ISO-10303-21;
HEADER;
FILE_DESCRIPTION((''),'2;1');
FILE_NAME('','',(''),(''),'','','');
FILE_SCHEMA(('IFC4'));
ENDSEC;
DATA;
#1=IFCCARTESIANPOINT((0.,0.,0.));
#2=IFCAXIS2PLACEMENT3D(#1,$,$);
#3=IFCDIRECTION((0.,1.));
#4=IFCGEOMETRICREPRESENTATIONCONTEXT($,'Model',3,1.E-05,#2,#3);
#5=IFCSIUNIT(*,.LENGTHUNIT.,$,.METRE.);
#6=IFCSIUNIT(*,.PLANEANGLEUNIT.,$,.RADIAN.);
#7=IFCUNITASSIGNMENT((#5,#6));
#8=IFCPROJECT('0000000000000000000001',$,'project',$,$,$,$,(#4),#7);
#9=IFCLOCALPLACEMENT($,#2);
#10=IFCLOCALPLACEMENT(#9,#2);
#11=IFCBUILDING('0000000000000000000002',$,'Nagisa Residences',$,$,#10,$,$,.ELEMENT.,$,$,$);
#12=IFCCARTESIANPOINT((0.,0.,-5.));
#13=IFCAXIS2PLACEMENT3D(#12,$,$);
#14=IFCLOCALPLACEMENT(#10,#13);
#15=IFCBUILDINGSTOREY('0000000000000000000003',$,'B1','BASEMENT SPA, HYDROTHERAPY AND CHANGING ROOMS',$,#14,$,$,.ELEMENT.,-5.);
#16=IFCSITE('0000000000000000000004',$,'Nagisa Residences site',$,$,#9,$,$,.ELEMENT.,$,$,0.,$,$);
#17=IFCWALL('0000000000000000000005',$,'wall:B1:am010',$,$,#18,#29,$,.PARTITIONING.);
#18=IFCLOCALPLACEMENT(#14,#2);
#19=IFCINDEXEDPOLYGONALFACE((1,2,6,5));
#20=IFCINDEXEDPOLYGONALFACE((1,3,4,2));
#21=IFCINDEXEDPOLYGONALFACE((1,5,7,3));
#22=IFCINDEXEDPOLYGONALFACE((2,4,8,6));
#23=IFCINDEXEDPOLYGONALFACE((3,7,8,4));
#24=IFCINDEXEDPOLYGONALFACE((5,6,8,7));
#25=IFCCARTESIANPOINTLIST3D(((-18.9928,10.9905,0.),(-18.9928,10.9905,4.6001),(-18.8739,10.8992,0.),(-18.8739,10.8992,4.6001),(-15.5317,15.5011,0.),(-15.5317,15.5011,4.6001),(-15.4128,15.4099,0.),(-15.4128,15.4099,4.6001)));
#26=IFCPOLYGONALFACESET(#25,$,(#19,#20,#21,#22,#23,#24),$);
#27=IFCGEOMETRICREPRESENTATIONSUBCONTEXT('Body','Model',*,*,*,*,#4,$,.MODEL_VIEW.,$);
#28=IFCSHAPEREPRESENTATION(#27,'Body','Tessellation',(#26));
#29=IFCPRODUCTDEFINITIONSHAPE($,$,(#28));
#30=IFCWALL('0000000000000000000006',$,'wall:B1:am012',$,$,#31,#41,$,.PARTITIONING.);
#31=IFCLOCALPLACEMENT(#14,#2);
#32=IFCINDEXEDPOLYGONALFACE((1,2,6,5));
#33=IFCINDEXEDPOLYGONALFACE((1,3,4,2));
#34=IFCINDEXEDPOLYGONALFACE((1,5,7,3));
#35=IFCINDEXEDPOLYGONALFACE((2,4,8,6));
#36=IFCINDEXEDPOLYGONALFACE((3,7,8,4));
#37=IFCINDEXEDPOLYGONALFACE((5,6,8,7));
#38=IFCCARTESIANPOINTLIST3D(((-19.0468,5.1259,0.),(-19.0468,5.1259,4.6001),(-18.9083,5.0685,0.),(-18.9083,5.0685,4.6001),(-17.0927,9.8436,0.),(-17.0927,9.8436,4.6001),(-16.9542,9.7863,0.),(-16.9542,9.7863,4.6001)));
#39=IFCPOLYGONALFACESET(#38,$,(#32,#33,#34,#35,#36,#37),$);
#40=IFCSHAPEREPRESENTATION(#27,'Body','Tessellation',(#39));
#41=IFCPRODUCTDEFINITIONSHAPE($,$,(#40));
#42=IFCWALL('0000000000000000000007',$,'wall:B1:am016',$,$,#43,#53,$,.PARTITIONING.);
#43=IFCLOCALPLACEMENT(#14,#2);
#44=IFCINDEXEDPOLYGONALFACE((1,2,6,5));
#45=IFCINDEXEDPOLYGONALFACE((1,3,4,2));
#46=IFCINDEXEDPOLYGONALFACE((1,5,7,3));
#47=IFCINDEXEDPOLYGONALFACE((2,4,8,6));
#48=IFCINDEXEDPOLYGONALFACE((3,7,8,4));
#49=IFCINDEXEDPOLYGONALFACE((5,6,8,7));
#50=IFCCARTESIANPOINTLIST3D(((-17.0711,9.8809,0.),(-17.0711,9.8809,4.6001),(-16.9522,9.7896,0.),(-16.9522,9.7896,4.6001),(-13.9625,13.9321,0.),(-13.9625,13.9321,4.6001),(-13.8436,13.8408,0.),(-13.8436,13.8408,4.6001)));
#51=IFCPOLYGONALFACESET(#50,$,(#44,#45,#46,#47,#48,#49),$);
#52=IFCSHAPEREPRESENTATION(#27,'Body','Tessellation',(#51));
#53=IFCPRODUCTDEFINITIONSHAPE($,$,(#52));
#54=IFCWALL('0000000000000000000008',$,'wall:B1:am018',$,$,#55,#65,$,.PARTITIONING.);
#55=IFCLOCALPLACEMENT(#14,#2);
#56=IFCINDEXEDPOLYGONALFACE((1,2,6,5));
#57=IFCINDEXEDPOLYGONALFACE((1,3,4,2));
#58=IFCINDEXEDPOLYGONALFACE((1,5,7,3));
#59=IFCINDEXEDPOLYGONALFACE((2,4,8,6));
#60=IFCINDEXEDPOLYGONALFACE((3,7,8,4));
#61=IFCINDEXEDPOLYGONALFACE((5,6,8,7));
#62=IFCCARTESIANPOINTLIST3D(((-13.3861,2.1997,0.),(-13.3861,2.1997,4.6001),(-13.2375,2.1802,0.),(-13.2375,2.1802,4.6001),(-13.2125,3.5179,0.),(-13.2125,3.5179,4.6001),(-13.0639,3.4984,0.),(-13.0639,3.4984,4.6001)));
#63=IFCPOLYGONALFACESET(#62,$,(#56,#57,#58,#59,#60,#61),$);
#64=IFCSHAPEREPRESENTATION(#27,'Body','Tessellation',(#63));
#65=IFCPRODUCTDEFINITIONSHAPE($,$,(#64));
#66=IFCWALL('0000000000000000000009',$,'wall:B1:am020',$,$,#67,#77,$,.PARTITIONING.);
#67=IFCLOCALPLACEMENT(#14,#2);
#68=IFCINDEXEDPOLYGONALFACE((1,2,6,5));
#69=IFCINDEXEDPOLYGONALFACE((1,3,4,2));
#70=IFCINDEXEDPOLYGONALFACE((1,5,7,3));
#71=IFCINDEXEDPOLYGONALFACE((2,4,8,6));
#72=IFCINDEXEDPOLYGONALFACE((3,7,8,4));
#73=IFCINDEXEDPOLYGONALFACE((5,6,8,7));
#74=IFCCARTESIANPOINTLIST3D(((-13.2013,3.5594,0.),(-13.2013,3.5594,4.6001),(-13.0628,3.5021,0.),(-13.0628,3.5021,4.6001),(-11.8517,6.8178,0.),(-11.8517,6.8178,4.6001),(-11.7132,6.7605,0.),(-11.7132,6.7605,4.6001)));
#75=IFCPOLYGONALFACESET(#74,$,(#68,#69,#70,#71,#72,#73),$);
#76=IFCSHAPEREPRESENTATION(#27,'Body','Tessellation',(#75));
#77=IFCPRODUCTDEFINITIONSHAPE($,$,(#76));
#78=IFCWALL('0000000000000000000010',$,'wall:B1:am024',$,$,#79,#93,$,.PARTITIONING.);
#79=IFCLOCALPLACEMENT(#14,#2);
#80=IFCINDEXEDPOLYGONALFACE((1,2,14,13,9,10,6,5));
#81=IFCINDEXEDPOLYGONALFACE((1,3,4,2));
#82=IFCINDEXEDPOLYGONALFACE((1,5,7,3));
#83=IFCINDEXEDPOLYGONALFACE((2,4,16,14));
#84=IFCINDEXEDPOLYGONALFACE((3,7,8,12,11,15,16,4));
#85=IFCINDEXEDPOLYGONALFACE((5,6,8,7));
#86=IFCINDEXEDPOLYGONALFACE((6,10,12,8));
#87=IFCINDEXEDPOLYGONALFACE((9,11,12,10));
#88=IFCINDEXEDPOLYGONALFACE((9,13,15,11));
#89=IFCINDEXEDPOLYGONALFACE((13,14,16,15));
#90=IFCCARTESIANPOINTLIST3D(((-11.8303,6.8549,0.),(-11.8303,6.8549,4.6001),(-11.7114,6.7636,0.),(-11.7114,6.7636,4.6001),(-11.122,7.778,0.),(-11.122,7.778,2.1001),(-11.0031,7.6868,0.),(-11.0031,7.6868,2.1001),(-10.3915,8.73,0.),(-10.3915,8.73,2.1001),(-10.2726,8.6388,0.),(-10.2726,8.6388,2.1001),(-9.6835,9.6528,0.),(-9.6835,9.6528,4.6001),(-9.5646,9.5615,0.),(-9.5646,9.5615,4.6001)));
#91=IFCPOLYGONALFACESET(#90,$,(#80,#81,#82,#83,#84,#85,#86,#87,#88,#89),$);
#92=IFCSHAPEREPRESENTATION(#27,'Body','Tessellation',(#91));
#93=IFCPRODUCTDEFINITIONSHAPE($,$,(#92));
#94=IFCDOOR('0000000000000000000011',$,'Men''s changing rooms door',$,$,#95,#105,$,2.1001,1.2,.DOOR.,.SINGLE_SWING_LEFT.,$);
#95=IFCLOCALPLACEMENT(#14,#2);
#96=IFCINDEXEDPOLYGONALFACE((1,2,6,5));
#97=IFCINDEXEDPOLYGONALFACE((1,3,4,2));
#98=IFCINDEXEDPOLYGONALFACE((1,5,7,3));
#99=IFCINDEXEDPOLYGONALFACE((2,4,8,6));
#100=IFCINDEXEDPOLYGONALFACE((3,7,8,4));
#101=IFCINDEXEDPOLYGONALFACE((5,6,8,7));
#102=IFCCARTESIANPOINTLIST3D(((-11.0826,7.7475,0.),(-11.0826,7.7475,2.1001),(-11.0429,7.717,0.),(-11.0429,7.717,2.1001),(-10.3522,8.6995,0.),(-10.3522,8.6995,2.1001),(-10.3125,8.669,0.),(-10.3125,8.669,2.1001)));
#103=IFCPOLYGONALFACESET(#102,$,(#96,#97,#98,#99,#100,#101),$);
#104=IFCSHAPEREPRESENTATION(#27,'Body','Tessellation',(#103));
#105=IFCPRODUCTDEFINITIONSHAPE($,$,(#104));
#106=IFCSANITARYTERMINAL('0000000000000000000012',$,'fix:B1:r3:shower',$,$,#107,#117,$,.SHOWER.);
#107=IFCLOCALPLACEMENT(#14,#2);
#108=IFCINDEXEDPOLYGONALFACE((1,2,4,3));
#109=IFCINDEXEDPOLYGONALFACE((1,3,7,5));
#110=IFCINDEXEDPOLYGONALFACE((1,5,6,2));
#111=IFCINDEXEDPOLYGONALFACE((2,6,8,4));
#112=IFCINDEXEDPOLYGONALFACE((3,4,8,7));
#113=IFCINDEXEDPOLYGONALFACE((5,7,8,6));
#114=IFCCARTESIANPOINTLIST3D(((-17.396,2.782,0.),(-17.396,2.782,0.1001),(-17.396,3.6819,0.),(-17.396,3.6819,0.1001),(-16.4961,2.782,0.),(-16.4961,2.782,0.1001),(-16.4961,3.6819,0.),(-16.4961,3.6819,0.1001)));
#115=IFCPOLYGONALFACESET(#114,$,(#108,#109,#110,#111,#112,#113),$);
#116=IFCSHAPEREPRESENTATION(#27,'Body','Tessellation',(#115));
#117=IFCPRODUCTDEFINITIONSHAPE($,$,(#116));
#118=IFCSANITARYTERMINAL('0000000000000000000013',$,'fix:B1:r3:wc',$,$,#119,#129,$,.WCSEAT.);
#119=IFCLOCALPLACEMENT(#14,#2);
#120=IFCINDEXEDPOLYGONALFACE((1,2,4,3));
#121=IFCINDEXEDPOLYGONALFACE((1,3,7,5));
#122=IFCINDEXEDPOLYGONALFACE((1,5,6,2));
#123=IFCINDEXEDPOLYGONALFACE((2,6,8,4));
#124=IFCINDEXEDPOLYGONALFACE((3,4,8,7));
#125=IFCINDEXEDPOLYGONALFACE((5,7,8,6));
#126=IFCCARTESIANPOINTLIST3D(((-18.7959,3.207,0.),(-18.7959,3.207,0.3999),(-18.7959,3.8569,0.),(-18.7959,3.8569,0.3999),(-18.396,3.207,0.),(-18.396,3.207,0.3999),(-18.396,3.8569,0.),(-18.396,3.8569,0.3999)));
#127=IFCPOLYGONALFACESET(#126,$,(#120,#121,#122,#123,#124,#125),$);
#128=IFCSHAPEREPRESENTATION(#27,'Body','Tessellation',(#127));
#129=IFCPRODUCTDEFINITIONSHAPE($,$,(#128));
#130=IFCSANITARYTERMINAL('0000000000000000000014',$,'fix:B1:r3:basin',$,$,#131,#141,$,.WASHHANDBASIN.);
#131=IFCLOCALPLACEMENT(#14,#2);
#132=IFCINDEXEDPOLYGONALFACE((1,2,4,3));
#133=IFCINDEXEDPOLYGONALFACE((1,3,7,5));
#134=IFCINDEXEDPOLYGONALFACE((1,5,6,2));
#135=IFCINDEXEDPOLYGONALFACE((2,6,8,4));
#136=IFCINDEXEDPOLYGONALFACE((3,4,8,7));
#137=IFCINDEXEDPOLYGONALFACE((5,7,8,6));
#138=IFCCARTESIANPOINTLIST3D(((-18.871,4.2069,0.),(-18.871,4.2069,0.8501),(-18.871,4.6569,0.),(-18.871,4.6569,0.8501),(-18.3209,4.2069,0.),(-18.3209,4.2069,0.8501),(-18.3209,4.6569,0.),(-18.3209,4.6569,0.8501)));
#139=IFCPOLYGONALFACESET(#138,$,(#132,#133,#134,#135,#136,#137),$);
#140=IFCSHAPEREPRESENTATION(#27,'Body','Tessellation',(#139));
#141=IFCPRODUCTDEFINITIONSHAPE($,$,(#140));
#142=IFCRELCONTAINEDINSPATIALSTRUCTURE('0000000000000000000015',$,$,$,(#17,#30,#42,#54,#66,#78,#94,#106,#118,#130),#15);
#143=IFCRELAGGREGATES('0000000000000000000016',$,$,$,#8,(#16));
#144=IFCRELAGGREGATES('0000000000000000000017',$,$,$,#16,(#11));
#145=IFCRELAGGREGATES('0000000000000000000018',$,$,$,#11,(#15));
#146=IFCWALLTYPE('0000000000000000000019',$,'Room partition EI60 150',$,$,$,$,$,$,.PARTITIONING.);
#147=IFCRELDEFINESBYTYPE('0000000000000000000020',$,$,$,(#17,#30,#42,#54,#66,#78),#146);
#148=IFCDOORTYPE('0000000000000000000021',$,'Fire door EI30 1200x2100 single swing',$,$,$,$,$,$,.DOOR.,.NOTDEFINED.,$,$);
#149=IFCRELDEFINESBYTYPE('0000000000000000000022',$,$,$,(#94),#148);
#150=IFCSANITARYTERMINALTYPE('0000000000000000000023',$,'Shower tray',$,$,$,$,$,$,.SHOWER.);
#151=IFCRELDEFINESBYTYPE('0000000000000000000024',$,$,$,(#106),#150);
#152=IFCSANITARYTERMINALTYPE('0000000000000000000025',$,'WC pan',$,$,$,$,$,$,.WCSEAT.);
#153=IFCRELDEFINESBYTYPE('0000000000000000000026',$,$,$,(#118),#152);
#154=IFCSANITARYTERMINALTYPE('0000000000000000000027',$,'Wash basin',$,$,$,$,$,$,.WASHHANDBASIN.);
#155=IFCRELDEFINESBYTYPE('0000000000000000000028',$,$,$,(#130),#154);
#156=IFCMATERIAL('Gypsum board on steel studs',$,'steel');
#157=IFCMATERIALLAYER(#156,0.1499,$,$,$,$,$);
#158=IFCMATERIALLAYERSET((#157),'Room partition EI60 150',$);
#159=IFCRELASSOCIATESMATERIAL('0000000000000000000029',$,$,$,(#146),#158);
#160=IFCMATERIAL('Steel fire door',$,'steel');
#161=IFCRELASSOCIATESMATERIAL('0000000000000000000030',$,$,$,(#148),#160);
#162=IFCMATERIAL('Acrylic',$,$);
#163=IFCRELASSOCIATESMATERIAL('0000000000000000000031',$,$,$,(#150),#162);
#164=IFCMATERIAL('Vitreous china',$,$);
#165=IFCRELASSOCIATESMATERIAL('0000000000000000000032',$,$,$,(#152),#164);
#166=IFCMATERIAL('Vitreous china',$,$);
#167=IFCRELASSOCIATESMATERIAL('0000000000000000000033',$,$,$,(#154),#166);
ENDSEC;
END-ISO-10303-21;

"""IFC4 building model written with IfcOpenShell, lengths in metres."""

from ifc_helpers import new_model, si_unit, direction, frame, frame_2d, origin, origin_2d, place, context, subcontext, project, spatial, rectangle, extrude, material, layer, layer_set, type_object, element, fill, save


model = new_model("IFC4")

# Units and contexts
model_context = context("Model", 3, precision=1e-05, world=origin(), true_north=direction((0.0, 1.0)))
body_context = subcontext(model_context, "Body", "Model", "MODEL_VIEW")
ifc_project = project(units=[si_unit("LENGTHUNIT", "METRE"), si_unit("PLANEANGLEUNIT", "RADIAN")], contexts=[model_context])

# Site, building, storey
site_placement = place(None, origin())
site = spatial("IfcSite", under=ifc_project, at=site_placement, Name="Nagisa Residences site", CompositionType="ELEMENT", RefElevation=0.0)
building_placement = place(site_placement, origin())
building = spatial("IfcBuilding", under=site, at=building_placement, Name="Nagisa Residences", CompositionType="ELEMENT")
storey_placement = place(building_placement, frame((0.0, 0.0, -5.0)))
storey = spatial("IfcBuildingStorey", under=building, at=storey_placement, Name="B1", Description="BASEMENT SPA, HYDROTHERAPY AND CHANGING ROOMS", CompositionType="ELEMENT", Elevation=-5.0)

# Shared definitions
ifc_material_1 = material(Name="Gypsum board on steel studs", Category="steel")
ifc_layer_1 = layer(ifc_material_1, 0.1499)
ifc_layer_set_1 = layer_set([ifc_layer_1], Name="Room partition EI60 150")
wall_type_1 = type_object("IfcWallType", Name="Room partition EI60 150", PredefinedType="PARTITIONING", material=ifc_layer_set_1)

# Walls
wall_1_placement = place(storey_placement, frame((-18.9333, 10.9448, 0.0), z_axis=(0.0, 0.0, 1.0), x_axis=(0.608758, 0.793356, 0.0)))
element("IfcWall", 1, at=wall_1_placement, inside=storey, type_object=wall_type_1, Name="wall:B1:am010", PredefinedType="PARTITIONING", context=body_context, shape_type="SweptSolid", body=[
    extrude(rectangle(XDim=5.6855, YDim=0.1499, at=frame_2d((2.8428, 0.0))), origin(), (0.0, 0.0, 1.0), 4.6001),
])
for number, where, z_axis, x_axis, name in (
    (2, (-17.0234, 9.8149, 0.0), (0.0, 0.0, 1.0), (-0.382673, -0.923884, 0.0), "wall:B1:am012"),
    (3, (-13.9031, 13.8865, 0.0), (0.0, 0.0, 1.0), (-0.608761, -0.793354, 0.0), "wall:B1:am016"),
):
    element("IfcWall", number, at=place(storey_placement, frame(where, z_axis=z_axis, x_axis=x_axis)), inside=storey, type_object=wall_type_1, Name=name, PredefinedType="PARTITIONING", context=body_context, shape_type="SweptSolid", body=[
        extrude(rectangle(XDim=5.1064, YDim=0.1499, at=frame_2d((2.5532, 0.0))), origin(), (0.0, 0.0, 1.0), 4.6001),
    ])
wall_2_placement = place(storey_placement, frame((-13.3118, 2.1899, 0.0), z_axis=(0.0, 0.0, 1.0), x_axis=(0.130564, 0.99144, 0.0)))
element("IfcWall", 4, at=wall_2_placement, inside=storey, type_object=wall_type_1, Name="wall:B1:am018", PredefinedType="PARTITIONING", context=body_context, shape_type="SweptSolid", body=[
    extrude(rectangle(XDim=1.3296, YDim=0.1499, at=frame_2d((0.6648, 0.0))), origin(), (0.0, 0.0, 1.0), 4.6001),
])
wall_3_placement = place(storey_placement, frame((-13.1321, 3.5308, 0.0), z_axis=(0.0, 0.0, 1.0), x_axis=(0.382678, 0.923882, 0.0)))
element("IfcWall", 5, at=wall_3_placement, inside=storey, type_object=wall_type_1, Name="wall:B1:am020", PredefinedType="PARTITIONING", context=body_context, shape_type="SweptSolid", body=[
    extrude(rectangle(XDim=3.5269, YDim=0.1499, at=frame_2d((1.7634, 0.0))), origin(), (0.0, 0.0, 1.0), 4.6001),
])

# Wall, opening, door
wall_4_placement = place(storey_placement, frame((-11.7708, 6.8093, 0.0), z_axis=(0.0, 0.0, 1.0), x_axis=(0.608737, 0.793372, 0.0)))
wall_4 = element("IfcWall", 6, at=wall_4_placement, inside=storey, type_object=wall_type_1, Name="wall:B1:am024", PredefinedType="PARTITIONING", context=body_context, shape_type="SweptSolid", body=[
    extrude(rectangle(XDim=3.5266, YDim=0.1499, at=frame_2d((1.7632, 0.0))), origin(), (0.0, 0.0, 1.0), 4.6001),
])
opening_1_placement = place(wall_4_placement, frame((1.1633, 0.0, 0.0)))
opening_1 = element("IfcOpeningElement", 7, at=opening_1_placement, cuts=wall_4, PredefinedType="OPENING", context=body_context, shape_type="SweptSolid", body=[
    extrude(rectangle(XDim=1.2, YDim=2.1001, at=frame_2d((0.6001, 1.05))), frame((0.0, 0.085, 0.0), z_axis=(0.0, -1.0, 0.0), x_axis=(1.0, 0.0, 0.0)), (0.0, 0.0, 1.0), 0.1699),
])
ifc_material_2 = material(Name="Steel fire door", Category="steel")
door_type_1 = type_object("IfcDoorType", Name="Fire door EI30 1200x2100 single swing", OperationType="NOTDEFINED", PredefinedType="DOOR", material=ifc_material_2)
door_1_placement = place(opening_1_placement, frame((1.2, 0.0, 0.0), x_axis=(-1.0, 0.0, 0.0)))
door_1 = element("IfcDoor", 8, at=door_1_placement, inside=storey, type_object=door_type_1, Name="Men's changing rooms door", OperationType="SINGLE_SWING_LEFT", OverallHeight=2.1001, OverallWidth=1.2, PredefinedType="DOOR", context=body_context, shape_type="SweptSolid", body=[
    extrude(rectangle(XDim=1.2, YDim=2.1001, at=frame_2d((0.6001, 1.05))), frame((0.0, 0.0249, 0.0), z_axis=(0.0, -1.0, 0.0), x_axis=(1.0, 0.0, 0.0)), (0.0, 0.0, 1.0), 0.05),
])
fill(opening_1, door_1)

# Sanitary terminals
ifc_material_3 = material(Name="Acrylic")
sanitary_terminal_type_1 = type_object("IfcSanitaryTerminalType", Name="Shower tray", PredefinedType="SHOWER", material=ifc_material_3)
sanitary_terminal_1_placement = place(storey_placement, frame((-16.946, 3.2319, 0.0), z_axis=(0.0, 0.0, 1.0), x_axis=(1.0, 0.0, 0.0)))
element("IfcSanitaryTerminal", 9, at=sanitary_terminal_1_placement, inside=storey, type_object=sanitary_terminal_type_1, Name="fix:B1:r3:shower", PredefinedType="SHOWER", context=body_context, shape_type="SweptSolid", body=[
    extrude(rectangle(XDim=0.8999, YDim=0.8999, at=origin_2d()), origin(), (0.0, 0.0, 1.0), 0.1001),
])
ifc_material_4 = material(Name="Vitreous china")
sanitary_terminal_type_2 = type_object("IfcSanitaryTerminalType", Name="WC pan", PredefinedType="WCSEAT", material=ifc_material_4)
sanitary_terminal_2_placement = place(storey_placement, frame((-18.5959, 3.532, 0.0), z_axis=(0.0, 0.0, 1.0), x_axis=(1.0, 0.0, 0.0)))
element("IfcSanitaryTerminal", 10, at=sanitary_terminal_2_placement, inside=storey, type_object=sanitary_terminal_type_2, Name="fix:B1:r3:wc", PredefinedType="WCSEAT", context=body_context, shape_type="SweptSolid", body=[
    extrude(rectangle(XDim=0.3999, YDim=0.6499, at=origin_2d()), origin(), (0.0, 0.0, 1.0), 0.3999),
])
ifc_material_5 = material(Name="Vitreous china")
sanitary_terminal_type_3 = type_object("IfcSanitaryTerminalType", Name="Wash basin", PredefinedType="WASHHANDBASIN", material=ifc_material_5)
sanitary_terminal_3_placement = place(storey_placement, frame((-18.5959, 4.4319, 0.0), z_axis=(0.0, 0.0, 1.0), x_axis=(1.0, 0.0, 0.0)))
element("IfcSanitaryTerminal", 11, at=sanitary_terminal_3_placement, inside=storey, type_object=sanitary_terminal_type_3, Name="fix:B1:r3:basin", PredefinedType="WASHHANDBASIN", context=body_context, shape_type="SweptSolid", body=[
    extrude(rectangle(XDim=0.55, YDim=0.45, at=origin_2d()), origin(), (0.0, 0.0, 1.0), 0.8501),
])

save(model, "model.ifc")
